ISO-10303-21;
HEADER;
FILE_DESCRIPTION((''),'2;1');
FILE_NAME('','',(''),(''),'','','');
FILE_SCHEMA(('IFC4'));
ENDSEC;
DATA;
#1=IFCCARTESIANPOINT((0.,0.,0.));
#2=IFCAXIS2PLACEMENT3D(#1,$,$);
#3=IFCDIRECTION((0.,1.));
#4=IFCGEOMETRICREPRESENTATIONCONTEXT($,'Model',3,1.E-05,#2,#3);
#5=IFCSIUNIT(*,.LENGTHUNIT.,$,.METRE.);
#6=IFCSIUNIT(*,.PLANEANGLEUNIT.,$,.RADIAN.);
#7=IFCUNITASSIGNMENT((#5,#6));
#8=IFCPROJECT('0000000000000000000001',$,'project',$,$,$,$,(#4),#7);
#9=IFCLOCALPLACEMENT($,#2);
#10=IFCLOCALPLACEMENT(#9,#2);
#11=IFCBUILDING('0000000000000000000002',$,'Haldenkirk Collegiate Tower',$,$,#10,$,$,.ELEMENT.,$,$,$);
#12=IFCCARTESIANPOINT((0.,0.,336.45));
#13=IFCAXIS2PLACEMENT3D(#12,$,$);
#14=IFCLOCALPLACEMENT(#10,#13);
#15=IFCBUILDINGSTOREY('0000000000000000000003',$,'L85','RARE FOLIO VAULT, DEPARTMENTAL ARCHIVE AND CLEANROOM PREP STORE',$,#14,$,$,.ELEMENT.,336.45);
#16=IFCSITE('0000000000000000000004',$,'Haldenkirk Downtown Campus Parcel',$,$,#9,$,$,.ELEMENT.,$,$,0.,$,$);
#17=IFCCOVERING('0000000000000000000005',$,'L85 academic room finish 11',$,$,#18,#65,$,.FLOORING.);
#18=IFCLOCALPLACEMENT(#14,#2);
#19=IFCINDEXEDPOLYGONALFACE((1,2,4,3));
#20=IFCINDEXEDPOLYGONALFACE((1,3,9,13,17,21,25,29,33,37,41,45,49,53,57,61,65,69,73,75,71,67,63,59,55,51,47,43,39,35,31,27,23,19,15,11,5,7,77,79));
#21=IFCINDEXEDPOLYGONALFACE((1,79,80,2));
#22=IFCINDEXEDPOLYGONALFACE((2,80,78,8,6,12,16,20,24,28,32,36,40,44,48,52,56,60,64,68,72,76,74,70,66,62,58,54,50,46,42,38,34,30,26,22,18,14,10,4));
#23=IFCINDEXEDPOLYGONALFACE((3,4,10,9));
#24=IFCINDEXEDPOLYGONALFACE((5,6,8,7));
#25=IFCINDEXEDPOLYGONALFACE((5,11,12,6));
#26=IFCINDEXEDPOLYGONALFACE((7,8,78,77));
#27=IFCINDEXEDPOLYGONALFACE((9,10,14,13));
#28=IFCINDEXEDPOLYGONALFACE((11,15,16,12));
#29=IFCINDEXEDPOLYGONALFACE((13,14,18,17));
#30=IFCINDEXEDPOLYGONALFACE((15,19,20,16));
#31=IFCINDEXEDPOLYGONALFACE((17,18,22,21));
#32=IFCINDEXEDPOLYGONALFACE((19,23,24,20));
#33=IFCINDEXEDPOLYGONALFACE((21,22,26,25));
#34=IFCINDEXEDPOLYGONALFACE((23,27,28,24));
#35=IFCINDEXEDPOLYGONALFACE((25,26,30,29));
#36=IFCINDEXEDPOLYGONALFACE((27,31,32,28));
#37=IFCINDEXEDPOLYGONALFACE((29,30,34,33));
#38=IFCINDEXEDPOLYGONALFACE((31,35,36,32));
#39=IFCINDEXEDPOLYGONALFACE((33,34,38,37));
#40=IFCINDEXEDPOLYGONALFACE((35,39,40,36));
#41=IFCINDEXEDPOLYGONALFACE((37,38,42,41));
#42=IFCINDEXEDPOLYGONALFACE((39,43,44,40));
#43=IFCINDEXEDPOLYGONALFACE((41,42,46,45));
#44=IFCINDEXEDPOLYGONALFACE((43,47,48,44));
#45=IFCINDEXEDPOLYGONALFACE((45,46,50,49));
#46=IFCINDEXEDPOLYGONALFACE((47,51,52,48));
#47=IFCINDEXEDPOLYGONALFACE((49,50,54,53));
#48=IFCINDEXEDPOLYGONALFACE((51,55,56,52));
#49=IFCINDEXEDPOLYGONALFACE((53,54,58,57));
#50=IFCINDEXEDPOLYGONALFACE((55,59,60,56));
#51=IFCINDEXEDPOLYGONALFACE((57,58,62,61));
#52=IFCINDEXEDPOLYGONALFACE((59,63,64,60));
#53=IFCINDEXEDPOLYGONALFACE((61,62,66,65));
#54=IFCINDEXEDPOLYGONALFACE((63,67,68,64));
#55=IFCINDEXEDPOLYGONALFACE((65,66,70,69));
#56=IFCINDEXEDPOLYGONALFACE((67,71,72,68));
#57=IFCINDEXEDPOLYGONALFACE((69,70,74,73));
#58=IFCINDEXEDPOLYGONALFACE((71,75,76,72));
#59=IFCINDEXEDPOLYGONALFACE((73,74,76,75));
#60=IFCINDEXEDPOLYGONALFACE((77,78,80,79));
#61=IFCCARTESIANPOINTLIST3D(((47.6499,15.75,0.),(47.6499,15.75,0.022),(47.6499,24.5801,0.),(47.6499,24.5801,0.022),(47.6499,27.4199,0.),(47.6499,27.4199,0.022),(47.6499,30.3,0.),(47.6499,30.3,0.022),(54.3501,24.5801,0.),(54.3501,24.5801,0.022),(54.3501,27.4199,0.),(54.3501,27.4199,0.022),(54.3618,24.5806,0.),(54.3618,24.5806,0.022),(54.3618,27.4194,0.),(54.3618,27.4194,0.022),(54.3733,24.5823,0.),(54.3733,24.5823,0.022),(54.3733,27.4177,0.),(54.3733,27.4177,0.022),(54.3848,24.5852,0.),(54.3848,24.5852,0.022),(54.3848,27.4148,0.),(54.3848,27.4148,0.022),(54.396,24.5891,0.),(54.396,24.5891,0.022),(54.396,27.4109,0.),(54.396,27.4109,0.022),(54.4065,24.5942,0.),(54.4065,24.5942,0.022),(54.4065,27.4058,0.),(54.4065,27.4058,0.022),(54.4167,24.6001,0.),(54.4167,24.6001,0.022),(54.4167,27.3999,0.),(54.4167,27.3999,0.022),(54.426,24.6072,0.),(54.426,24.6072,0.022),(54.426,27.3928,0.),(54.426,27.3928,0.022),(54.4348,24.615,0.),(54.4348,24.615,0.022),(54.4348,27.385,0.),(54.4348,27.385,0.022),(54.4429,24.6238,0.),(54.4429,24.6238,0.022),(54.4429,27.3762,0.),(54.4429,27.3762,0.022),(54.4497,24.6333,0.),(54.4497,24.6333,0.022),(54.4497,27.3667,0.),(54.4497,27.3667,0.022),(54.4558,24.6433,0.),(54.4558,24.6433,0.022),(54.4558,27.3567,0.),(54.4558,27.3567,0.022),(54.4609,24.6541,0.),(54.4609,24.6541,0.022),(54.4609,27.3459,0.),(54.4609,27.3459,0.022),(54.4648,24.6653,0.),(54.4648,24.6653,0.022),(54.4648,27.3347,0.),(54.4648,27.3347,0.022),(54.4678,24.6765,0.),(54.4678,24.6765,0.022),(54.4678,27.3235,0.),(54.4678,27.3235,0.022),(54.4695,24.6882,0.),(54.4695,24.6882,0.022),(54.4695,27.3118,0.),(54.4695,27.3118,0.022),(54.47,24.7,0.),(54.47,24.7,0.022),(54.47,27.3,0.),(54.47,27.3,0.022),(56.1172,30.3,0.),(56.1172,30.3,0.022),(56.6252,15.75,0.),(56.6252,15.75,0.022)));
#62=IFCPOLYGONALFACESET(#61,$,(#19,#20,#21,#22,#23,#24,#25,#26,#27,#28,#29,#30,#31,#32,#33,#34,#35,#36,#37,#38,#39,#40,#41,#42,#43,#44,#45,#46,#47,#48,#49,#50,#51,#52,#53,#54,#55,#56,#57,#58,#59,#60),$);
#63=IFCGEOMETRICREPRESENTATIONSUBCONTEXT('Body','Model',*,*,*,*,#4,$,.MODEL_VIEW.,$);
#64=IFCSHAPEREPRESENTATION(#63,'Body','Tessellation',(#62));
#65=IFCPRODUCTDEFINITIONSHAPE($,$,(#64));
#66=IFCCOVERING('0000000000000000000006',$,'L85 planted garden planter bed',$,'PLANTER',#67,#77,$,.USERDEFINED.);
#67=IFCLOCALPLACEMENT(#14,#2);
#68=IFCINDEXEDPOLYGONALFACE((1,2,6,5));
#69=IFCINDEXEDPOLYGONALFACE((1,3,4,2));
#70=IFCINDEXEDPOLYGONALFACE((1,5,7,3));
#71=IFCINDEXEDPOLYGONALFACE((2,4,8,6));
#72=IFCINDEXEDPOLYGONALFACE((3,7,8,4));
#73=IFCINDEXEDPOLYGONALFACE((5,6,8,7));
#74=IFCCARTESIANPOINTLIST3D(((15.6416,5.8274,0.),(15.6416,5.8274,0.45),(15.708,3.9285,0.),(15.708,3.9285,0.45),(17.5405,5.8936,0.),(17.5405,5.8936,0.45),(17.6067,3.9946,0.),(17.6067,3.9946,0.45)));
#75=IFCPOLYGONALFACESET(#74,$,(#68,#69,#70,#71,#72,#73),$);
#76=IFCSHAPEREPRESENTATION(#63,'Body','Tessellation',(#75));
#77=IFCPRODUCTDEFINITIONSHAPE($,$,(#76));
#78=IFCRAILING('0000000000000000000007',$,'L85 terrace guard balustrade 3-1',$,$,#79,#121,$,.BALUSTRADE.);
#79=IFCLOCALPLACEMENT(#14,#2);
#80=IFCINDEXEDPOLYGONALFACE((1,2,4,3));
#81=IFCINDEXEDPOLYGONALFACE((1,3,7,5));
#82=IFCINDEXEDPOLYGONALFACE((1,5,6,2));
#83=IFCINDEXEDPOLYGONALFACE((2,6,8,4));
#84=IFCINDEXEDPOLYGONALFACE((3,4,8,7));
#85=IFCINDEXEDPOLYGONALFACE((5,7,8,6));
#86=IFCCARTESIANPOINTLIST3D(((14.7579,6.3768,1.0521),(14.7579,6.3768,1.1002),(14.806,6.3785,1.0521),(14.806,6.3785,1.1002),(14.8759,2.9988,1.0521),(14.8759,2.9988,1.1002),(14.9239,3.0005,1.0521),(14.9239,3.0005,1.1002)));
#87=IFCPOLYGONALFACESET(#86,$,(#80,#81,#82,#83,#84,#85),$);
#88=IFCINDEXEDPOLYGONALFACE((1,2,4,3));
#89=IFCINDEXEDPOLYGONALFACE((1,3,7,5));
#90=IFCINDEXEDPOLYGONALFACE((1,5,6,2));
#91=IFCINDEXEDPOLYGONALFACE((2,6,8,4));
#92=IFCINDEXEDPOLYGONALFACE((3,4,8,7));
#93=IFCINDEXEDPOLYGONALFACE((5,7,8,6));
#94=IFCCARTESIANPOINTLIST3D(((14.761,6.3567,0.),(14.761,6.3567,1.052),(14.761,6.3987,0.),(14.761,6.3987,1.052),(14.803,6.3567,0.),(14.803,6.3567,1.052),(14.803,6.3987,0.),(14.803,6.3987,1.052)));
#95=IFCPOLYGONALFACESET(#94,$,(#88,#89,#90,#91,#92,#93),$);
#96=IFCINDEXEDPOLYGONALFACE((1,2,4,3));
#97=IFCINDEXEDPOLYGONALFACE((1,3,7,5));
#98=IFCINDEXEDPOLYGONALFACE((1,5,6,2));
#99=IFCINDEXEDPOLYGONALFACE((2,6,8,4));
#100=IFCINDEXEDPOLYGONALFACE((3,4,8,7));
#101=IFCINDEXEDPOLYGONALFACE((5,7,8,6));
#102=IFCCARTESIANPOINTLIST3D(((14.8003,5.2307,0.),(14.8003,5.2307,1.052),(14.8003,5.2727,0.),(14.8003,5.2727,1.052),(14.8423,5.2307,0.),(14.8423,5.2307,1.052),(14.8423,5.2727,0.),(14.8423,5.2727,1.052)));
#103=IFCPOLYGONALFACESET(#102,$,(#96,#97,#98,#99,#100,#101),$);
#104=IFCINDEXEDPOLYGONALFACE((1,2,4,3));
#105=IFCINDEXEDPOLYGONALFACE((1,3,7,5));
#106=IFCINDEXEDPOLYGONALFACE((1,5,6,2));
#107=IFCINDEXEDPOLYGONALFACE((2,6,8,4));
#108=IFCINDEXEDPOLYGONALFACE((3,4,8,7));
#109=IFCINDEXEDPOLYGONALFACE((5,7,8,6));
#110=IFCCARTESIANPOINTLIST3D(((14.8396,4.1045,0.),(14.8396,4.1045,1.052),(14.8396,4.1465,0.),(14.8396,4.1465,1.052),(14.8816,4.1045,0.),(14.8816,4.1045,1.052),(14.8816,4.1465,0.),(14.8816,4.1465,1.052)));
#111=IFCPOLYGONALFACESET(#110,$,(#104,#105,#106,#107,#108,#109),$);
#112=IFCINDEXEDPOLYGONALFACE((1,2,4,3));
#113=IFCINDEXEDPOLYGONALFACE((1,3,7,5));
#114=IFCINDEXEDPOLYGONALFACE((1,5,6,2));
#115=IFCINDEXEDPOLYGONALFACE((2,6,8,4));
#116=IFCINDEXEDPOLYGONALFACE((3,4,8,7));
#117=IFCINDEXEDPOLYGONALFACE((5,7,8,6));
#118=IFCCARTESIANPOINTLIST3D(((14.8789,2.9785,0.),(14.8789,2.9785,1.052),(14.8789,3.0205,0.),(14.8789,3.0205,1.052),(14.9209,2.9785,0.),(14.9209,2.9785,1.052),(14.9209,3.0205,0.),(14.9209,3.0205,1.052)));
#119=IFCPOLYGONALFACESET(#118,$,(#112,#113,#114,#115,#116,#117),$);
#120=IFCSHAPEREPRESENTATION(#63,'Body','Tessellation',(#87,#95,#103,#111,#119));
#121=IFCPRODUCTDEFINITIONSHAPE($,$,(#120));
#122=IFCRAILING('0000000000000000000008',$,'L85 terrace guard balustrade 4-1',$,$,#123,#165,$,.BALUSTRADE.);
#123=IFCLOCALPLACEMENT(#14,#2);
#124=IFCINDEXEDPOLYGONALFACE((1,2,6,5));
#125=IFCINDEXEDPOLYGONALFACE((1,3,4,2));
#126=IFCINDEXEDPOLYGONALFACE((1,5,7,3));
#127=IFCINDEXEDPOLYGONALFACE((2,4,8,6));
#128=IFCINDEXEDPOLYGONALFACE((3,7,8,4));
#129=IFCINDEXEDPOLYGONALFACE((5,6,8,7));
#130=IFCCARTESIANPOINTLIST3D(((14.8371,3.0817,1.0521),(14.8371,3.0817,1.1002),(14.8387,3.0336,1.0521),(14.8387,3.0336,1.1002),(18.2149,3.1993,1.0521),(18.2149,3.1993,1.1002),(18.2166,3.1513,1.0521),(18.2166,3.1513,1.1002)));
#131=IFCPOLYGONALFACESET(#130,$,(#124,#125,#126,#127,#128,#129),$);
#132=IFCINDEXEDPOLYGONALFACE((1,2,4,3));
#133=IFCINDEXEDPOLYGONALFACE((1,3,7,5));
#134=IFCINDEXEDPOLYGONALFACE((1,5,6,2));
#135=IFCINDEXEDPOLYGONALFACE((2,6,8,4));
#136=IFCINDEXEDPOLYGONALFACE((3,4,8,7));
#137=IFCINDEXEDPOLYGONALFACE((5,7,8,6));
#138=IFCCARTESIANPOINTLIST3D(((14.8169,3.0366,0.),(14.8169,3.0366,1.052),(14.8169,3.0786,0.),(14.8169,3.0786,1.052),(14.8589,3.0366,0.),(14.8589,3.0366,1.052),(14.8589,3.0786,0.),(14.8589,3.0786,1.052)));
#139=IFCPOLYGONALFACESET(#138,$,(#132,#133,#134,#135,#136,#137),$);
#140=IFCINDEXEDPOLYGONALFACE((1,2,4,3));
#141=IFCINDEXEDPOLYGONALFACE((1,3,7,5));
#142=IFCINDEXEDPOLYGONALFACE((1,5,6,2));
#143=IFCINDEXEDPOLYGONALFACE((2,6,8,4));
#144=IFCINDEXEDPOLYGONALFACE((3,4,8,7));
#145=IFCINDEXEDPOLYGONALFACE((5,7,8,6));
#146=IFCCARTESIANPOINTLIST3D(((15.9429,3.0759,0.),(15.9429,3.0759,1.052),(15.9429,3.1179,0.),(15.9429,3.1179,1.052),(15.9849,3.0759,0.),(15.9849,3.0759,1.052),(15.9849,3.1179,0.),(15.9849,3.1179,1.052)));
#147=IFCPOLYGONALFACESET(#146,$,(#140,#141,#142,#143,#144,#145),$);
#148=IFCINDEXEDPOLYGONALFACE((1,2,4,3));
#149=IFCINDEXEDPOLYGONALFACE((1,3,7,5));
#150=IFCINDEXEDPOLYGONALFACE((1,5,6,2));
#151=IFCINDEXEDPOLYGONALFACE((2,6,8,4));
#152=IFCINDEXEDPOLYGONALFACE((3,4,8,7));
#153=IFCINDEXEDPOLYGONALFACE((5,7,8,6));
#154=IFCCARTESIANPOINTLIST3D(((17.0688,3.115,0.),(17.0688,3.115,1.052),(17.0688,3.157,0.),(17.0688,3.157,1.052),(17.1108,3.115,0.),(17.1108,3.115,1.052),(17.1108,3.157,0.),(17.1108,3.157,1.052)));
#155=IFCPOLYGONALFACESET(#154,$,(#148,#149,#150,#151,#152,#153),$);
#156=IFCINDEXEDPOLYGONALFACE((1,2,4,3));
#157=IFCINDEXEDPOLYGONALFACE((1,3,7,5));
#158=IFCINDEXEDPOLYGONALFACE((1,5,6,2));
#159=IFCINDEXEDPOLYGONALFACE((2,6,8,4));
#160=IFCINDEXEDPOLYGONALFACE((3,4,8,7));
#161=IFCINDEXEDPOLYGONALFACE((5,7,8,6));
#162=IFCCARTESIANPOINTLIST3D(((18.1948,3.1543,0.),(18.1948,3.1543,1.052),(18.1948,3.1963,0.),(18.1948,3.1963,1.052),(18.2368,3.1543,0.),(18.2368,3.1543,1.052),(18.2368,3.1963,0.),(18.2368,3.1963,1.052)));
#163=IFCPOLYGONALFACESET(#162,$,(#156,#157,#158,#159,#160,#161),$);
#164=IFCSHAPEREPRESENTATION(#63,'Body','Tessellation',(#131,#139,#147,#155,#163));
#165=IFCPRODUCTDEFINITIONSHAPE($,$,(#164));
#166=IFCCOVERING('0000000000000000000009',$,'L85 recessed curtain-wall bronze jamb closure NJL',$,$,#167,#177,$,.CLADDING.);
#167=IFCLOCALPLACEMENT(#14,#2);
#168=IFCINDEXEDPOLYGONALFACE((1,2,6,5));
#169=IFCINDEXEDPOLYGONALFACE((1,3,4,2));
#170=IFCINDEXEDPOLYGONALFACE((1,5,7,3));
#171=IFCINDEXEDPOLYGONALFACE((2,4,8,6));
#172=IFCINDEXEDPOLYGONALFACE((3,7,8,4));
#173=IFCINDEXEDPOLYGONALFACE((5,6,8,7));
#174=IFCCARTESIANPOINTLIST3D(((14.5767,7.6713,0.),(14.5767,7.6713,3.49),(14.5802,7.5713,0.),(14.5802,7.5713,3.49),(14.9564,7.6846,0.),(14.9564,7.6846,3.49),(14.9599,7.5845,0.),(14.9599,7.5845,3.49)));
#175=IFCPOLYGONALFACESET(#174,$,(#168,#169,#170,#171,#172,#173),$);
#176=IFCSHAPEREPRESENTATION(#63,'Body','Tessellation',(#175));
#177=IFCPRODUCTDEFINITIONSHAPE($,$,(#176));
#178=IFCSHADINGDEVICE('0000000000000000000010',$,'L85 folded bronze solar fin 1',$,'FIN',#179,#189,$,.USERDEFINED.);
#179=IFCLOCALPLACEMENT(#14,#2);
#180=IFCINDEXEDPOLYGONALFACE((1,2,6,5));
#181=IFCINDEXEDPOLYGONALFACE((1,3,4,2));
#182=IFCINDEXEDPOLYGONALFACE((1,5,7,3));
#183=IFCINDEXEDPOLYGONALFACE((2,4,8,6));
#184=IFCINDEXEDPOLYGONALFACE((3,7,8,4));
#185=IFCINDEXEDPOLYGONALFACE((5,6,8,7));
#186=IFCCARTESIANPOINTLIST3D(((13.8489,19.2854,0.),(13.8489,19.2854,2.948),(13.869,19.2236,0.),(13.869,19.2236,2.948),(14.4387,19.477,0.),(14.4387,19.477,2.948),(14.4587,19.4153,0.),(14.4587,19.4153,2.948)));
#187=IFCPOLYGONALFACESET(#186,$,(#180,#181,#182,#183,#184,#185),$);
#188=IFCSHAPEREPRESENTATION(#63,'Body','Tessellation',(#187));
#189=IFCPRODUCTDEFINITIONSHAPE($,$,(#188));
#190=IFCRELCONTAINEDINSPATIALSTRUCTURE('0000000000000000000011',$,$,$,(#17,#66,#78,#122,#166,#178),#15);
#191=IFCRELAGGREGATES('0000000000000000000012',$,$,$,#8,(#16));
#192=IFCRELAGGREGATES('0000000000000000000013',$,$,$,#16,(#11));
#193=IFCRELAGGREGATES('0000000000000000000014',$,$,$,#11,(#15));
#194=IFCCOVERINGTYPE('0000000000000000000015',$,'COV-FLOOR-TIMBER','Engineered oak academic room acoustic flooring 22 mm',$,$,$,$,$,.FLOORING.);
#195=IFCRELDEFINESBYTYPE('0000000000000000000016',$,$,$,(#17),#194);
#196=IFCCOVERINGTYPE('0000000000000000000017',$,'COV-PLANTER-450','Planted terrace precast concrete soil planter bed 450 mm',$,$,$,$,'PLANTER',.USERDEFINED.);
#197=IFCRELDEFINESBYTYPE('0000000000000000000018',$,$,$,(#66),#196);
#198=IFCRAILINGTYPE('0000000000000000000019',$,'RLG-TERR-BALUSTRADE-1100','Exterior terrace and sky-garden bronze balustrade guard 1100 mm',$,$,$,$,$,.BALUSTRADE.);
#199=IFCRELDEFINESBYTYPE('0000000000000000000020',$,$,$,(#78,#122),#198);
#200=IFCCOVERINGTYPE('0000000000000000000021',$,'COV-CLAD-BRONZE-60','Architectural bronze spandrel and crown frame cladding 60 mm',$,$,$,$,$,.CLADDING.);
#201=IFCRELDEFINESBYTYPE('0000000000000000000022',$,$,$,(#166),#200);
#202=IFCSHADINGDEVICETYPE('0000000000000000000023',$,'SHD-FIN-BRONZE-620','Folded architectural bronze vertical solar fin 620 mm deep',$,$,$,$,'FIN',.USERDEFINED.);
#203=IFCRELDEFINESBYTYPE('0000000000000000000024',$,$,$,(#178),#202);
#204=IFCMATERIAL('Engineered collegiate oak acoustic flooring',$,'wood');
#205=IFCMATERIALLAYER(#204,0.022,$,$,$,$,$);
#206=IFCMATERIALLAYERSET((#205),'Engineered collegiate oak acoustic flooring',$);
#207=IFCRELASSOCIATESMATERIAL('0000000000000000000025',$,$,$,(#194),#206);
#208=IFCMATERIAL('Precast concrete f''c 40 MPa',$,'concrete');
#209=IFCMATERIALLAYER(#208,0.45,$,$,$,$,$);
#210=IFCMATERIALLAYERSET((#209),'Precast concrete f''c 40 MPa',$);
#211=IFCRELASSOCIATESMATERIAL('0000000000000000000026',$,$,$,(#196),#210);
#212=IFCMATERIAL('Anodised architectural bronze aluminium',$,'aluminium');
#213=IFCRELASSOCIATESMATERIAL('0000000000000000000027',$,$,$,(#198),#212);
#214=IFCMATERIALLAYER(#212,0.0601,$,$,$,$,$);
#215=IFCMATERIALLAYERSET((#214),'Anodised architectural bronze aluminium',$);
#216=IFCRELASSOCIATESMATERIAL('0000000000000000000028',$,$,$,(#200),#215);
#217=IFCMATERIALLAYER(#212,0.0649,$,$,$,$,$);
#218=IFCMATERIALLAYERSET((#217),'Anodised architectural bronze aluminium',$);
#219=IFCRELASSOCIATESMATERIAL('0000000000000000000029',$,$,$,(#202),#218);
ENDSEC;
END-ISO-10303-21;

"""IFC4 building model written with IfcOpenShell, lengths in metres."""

from ifc_helpers import new_model, si_unit, direction, frame, origin, origin_2d, place, context, subcontext, project, spatial, polyline, rectangle, outline, extrude, source, transform, mapped, material, layer, layer_set, type_object, element, save


model = new_model("IFC4")

# Units and contexts
model_context = context("Model", 3, precision=1e-05, world=origin(), true_north=direction((0.0, 1.0)))
body_context = subcontext(model_context, "Body", "Model", "MODEL_VIEW")
ifc_project = project(units=[si_unit("LENGTHUNIT", "METRE"), si_unit("PLANEANGLEUNIT", "RADIAN")], contexts=[model_context])

# Site, building, storey
site_placement = place(None, origin())
site = spatial("IfcSite", under=ifc_project, at=site_placement, Name="Haldenkirk Downtown Campus Parcel", CompositionType="ELEMENT", RefElevation=0.0)
building_placement = place(site_placement, origin())
building = spatial("IfcBuilding", under=site, at=building_placement, Name="Haldenkirk Collegiate Tower", CompositionType="ELEMENT")
storey_placement = place(building_placement, frame((0.0, 0.0, 336.45)))
storey = spatial("IfcBuildingStorey", under=building, at=storey_placement, Name="L85", Description="RARE FOLIO VAULT, DEPARTMENTAL ARCHIVE AND CLEANROOM PREP STORE", CompositionType="ELEMENT", Elevation=336.45)

# Shared definitions
ifc_material_1 = material(Name="Anodised architectural bronze aluminium", Category="aluminium")

# Shared definitions
ifc_material_2 = material(Name="Precast concrete f'c 40 MPa", Category="concrete")

# Coverings
ifc_material_3 = material(Name="Engineered collegiate oak acoustic flooring", Category="wood")
ifc_layer_1 = layer(ifc_material_3, 0.022)
ifc_layer_set_1 = layer_set([ifc_layer_1], Name="Engineered collegiate oak acoustic flooring")
covering_type_1 = type_object("IfcCoveringType", Name="COV-FLOOR-TIMBER", Description="Engineered oak academic room acoustic flooring 22 mm", PredefinedType="FLOORING", material=ifc_layer_set_1)
covering_1_placement = place(storey_placement, origin())
element("IfcCovering", 1, at=covering_1_placement, inside=storey, type_object=covering_type_1, Name="L85 academic room finish 11", PredefinedType="FLOORING", context=body_context, shape_type="SweptSolid", body=[
    extrude(outline(polyline([(54.3501, 24.5801), (54.3618, 24.5806), (54.3733, 24.5823), (54.3848, 24.5852), (54.396, 24.5891), (54.4065, 24.5942), (54.4167, 24.6001), (54.426, 24.6072), (54.4348, 24.615), (54.4429, 24.6238), (54.4497, 24.6333), (54.4558, 24.6433), (54.4609, 24.6541), (54.4648, 24.6653), (54.4678, 24.6765), (54.4695, 24.6882), (54.47, 24.7), (54.47, 27.3), (54.4695, 27.3118), (54.4678, 27.3235), (54.4648, 27.3347), (54.4609, 27.3459), (54.4558, 27.3567), (54.4497, 27.3667), (54.4429, 27.3762), (54.4348, 27.385), (54.426, 27.3928), (54.4167, 27.3999), (54.4065, 27.4058), (54.396, 27.4109), (54.3848, 27.4148), (54.3733, 27.4177), (54.3618, 27.4194), (54.3501, 27.4199), (47.6499, 27.4199), (47.6499, 30.3), (56.1172, 30.3), (56.6252, 15.75), (47.6499, 15.75), (47.6499, 24.5801), (54.3501, 24.5801)])), origin(), (0.0, 0.0, 1.0), 0.022),
])
ifc_layer_2 = layer(ifc_material_2, 0.45)
ifc_layer_set_2 = layer_set([ifc_layer_2], Name="Precast concrete f'c 40 MPa")
covering_type_2 = type_object("IfcCoveringType", Name="COV-PLANTER-450", Description="Planted terrace precast concrete soil planter bed 450 mm", ElementType="PLANTER", PredefinedType="USERDEFINED", material=ifc_layer_set_2)
covering_2_placement = place(storey_placement, origin())
element("IfcCovering", 2, at=covering_2_placement, inside=storey, type_object=covering_type_2, Name="L85 planted garden planter bed", ObjectType="PLANTER", PredefinedType="USERDEFINED", context=body_context, shape_type="SweptSolid", body=[
    extrude(outline(polyline([(17.6067, 3.9946), (15.708, 3.9285), (15.6416, 5.8274), (17.5405, 5.8936), (17.6067, 3.9946)])), origin(), (0.0, 0.0, 1.0), 0.45),
])

# Railings
railing_type = type_object("IfcRailingType", Name="RLG-TERR-BALUSTRADE-1100", Description="Exterior terrace and sky-garden bronze balustrade guard 1100 mm", PredefinedType="BALUSTRADE", material=ifc_material_1)
railing_1_placement = place(storey_placement, frame((14.782, 6.3777, 0.0)))
element("IfcRailing", 3, at=railing_1_placement, inside=storey, type_object=railing_type, Name="L85 terrace guard balustrade 3-1", PredefinedType="BALUSTRADE", context=body_context, shape_type="SweptSolid", body=[
    extrude(rectangle(XDim=0.0481, YDim=0.0481, at=origin_2d()), frame((0.0, 0.0, 1.0762), z_axis=(0.034885, -0.999391, 0.0), x_axis=(0.999391, 0.034885, 0.0)), (0.0, 0.0, 1.0), 3.3801),
    extrude(rectangle(XDim=0.042, YDim=0.042, at=origin_2d()), origin(), (0.0, 0.0, 1.0), 1.052),
    extrude(rectangle(XDim=0.042, YDim=0.042, at=origin_2d()), frame((0.0393, -1.126, 0.0)), (0.0, 0.0, 1.0), 1.052),
    extrude(rectangle(XDim=0.042, YDim=0.042, at=origin_2d()), frame((0.0786, -2.2522, 0.0)), (0.0, 0.0, 1.0), 1.052),
    extrude(rectangle(XDim=0.042, YDim=0.042, at=origin_2d()), frame((0.1179, -3.3782, 0.0)), (0.0, 0.0, 1.0), 1.052),
])
railing_2_placement = place(storey_placement, frame((14.8379, 3.0576, 0.0)))
element("IfcRailing", 4, at=railing_2_placement, inside=storey, type_object=railing_type, Name="L85 terrace guard balustrade 4-1", PredefinedType="BALUSTRADE", context=body_context, shape_type="SweptSolid", body=[
    extrude(rectangle(XDim=0.0481, YDim=0.0481, at=origin_2d()), frame((0.0, 0.0, 1.0762), z_axis=(0.999394, 0.034816, 0.0), x_axis=(-0.034816, 0.999394, 0.0)), (0.0, 0.0, 1.0), 3.3799),
    extrude(rectangle(XDim=0.042, YDim=0.042, at=origin_2d()), origin(), (0.0, 0.0, 1.0), 1.052),
    extrude(rectangle(XDim=0.042, YDim=0.042, at=origin_2d()), frame((1.126, 0.0393, 0.0)), (0.0, 0.0, 1.0), 1.052),
    extrude(rectangle(XDim=0.042, YDim=0.042, at=origin_2d()), frame((2.252, 0.0784, 0.0)), (0.0, 0.0, 1.0), 1.052),
    extrude(rectangle(XDim=0.042, YDim=0.042, at=origin_2d()), frame((3.3779, 0.1177, 0.0)), (0.0, 0.0, 1.0), 1.052),
])

# Covering
ifc_layer_3 = layer(ifc_material_1, 0.0601)
ifc_layer_set_3 = layer_set([ifc_layer_3], Name="Anodised architectural bronze aluminium")
covering_type_3 = type_object("IfcCoveringType", Name="COV-CLAD-BRONZE-60", Description="Architectural bronze spandrel and crown frame cladding 60 mm", PredefinedType="CLADDING", material=ifc_layer_set_3)
shared_shape_1 = source(origin(), body_context, "Body", "SweptSolid", [
    extrude(rectangle(XDim=0.1001, YDim=0.3799, at=origin_2d()), origin(), (0.0, 0.0, 1.0), 3.49),
])
covering_3_placement = place(storey_placement, frame((14.7683, 7.6279, 0.0), z_axis=(0.0, 0.0, 1.0), x_axis=(-0.034899, 0.999391, 0.0)))
element("IfcCovering", 5, at=covering_3_placement, inside=storey, type_object=covering_type_3, Name="L85 recessed curtain-wall bronze jamb closure NJL", PredefinedType="CLADDING", context=body_context, shape_type="MappedRepresentation", body=[
    mapped(shared_shape_1, transform((0.0, 0.0, 0.0), x_axis=(1.0, 0.0, 0.0), y_axis=(0.0, 1.0, 0.0), z_axis=(0.0, 0.0, 1.0), scale=1.0)),
])

# Shading device
ifc_layer_4 = layer(ifc_material_1, 0.0649)
ifc_layer_set_4 = layer_set([ifc_layer_4], Name="Anodised architectural bronze aluminium")
shading_device_type = type_object("IfcShadingDeviceType", Name="SHD-FIN-BRONZE-620", Description="Folded architectural bronze vertical solar fin 620 mm deep", ElementType="FIN", PredefinedType="USERDEFINED", material=ifc_layer_set_4)
shared_shape_2 = source(origin(), body_context, "Body", "SweptSolid", [
    extrude(rectangle(XDim=0.6201, YDim=0.0649, at=origin_2d()), origin(), (0.0, 0.0, 1.0), 2.948),
])
shading_device_placement = place(storey_placement, frame((14.1538, 19.3503, 0.0), z_axis=(0.0, 0.0, 1.0), x_axis=(-0.951057, -0.309017, 0.0)))
element("IfcShadingDevice", 6, at=shading_device_placement, inside=storey, type_object=shading_device_type, Name="L85 folded bronze solar fin 1", ObjectType="FIN", PredefinedType="USERDEFINED", context=body_context, shape_type="MappedRepresentation", body=[
    mapped(shared_shape_2, transform((0.0, 0.0, 0.0), x_axis=(1.0, 0.0, 0.0), y_axis=(0.0, 1.0, 0.0), z_axis=(0.0, 0.0, 1.0), scale=1.0)),
])

save(model, "model.ifc")
